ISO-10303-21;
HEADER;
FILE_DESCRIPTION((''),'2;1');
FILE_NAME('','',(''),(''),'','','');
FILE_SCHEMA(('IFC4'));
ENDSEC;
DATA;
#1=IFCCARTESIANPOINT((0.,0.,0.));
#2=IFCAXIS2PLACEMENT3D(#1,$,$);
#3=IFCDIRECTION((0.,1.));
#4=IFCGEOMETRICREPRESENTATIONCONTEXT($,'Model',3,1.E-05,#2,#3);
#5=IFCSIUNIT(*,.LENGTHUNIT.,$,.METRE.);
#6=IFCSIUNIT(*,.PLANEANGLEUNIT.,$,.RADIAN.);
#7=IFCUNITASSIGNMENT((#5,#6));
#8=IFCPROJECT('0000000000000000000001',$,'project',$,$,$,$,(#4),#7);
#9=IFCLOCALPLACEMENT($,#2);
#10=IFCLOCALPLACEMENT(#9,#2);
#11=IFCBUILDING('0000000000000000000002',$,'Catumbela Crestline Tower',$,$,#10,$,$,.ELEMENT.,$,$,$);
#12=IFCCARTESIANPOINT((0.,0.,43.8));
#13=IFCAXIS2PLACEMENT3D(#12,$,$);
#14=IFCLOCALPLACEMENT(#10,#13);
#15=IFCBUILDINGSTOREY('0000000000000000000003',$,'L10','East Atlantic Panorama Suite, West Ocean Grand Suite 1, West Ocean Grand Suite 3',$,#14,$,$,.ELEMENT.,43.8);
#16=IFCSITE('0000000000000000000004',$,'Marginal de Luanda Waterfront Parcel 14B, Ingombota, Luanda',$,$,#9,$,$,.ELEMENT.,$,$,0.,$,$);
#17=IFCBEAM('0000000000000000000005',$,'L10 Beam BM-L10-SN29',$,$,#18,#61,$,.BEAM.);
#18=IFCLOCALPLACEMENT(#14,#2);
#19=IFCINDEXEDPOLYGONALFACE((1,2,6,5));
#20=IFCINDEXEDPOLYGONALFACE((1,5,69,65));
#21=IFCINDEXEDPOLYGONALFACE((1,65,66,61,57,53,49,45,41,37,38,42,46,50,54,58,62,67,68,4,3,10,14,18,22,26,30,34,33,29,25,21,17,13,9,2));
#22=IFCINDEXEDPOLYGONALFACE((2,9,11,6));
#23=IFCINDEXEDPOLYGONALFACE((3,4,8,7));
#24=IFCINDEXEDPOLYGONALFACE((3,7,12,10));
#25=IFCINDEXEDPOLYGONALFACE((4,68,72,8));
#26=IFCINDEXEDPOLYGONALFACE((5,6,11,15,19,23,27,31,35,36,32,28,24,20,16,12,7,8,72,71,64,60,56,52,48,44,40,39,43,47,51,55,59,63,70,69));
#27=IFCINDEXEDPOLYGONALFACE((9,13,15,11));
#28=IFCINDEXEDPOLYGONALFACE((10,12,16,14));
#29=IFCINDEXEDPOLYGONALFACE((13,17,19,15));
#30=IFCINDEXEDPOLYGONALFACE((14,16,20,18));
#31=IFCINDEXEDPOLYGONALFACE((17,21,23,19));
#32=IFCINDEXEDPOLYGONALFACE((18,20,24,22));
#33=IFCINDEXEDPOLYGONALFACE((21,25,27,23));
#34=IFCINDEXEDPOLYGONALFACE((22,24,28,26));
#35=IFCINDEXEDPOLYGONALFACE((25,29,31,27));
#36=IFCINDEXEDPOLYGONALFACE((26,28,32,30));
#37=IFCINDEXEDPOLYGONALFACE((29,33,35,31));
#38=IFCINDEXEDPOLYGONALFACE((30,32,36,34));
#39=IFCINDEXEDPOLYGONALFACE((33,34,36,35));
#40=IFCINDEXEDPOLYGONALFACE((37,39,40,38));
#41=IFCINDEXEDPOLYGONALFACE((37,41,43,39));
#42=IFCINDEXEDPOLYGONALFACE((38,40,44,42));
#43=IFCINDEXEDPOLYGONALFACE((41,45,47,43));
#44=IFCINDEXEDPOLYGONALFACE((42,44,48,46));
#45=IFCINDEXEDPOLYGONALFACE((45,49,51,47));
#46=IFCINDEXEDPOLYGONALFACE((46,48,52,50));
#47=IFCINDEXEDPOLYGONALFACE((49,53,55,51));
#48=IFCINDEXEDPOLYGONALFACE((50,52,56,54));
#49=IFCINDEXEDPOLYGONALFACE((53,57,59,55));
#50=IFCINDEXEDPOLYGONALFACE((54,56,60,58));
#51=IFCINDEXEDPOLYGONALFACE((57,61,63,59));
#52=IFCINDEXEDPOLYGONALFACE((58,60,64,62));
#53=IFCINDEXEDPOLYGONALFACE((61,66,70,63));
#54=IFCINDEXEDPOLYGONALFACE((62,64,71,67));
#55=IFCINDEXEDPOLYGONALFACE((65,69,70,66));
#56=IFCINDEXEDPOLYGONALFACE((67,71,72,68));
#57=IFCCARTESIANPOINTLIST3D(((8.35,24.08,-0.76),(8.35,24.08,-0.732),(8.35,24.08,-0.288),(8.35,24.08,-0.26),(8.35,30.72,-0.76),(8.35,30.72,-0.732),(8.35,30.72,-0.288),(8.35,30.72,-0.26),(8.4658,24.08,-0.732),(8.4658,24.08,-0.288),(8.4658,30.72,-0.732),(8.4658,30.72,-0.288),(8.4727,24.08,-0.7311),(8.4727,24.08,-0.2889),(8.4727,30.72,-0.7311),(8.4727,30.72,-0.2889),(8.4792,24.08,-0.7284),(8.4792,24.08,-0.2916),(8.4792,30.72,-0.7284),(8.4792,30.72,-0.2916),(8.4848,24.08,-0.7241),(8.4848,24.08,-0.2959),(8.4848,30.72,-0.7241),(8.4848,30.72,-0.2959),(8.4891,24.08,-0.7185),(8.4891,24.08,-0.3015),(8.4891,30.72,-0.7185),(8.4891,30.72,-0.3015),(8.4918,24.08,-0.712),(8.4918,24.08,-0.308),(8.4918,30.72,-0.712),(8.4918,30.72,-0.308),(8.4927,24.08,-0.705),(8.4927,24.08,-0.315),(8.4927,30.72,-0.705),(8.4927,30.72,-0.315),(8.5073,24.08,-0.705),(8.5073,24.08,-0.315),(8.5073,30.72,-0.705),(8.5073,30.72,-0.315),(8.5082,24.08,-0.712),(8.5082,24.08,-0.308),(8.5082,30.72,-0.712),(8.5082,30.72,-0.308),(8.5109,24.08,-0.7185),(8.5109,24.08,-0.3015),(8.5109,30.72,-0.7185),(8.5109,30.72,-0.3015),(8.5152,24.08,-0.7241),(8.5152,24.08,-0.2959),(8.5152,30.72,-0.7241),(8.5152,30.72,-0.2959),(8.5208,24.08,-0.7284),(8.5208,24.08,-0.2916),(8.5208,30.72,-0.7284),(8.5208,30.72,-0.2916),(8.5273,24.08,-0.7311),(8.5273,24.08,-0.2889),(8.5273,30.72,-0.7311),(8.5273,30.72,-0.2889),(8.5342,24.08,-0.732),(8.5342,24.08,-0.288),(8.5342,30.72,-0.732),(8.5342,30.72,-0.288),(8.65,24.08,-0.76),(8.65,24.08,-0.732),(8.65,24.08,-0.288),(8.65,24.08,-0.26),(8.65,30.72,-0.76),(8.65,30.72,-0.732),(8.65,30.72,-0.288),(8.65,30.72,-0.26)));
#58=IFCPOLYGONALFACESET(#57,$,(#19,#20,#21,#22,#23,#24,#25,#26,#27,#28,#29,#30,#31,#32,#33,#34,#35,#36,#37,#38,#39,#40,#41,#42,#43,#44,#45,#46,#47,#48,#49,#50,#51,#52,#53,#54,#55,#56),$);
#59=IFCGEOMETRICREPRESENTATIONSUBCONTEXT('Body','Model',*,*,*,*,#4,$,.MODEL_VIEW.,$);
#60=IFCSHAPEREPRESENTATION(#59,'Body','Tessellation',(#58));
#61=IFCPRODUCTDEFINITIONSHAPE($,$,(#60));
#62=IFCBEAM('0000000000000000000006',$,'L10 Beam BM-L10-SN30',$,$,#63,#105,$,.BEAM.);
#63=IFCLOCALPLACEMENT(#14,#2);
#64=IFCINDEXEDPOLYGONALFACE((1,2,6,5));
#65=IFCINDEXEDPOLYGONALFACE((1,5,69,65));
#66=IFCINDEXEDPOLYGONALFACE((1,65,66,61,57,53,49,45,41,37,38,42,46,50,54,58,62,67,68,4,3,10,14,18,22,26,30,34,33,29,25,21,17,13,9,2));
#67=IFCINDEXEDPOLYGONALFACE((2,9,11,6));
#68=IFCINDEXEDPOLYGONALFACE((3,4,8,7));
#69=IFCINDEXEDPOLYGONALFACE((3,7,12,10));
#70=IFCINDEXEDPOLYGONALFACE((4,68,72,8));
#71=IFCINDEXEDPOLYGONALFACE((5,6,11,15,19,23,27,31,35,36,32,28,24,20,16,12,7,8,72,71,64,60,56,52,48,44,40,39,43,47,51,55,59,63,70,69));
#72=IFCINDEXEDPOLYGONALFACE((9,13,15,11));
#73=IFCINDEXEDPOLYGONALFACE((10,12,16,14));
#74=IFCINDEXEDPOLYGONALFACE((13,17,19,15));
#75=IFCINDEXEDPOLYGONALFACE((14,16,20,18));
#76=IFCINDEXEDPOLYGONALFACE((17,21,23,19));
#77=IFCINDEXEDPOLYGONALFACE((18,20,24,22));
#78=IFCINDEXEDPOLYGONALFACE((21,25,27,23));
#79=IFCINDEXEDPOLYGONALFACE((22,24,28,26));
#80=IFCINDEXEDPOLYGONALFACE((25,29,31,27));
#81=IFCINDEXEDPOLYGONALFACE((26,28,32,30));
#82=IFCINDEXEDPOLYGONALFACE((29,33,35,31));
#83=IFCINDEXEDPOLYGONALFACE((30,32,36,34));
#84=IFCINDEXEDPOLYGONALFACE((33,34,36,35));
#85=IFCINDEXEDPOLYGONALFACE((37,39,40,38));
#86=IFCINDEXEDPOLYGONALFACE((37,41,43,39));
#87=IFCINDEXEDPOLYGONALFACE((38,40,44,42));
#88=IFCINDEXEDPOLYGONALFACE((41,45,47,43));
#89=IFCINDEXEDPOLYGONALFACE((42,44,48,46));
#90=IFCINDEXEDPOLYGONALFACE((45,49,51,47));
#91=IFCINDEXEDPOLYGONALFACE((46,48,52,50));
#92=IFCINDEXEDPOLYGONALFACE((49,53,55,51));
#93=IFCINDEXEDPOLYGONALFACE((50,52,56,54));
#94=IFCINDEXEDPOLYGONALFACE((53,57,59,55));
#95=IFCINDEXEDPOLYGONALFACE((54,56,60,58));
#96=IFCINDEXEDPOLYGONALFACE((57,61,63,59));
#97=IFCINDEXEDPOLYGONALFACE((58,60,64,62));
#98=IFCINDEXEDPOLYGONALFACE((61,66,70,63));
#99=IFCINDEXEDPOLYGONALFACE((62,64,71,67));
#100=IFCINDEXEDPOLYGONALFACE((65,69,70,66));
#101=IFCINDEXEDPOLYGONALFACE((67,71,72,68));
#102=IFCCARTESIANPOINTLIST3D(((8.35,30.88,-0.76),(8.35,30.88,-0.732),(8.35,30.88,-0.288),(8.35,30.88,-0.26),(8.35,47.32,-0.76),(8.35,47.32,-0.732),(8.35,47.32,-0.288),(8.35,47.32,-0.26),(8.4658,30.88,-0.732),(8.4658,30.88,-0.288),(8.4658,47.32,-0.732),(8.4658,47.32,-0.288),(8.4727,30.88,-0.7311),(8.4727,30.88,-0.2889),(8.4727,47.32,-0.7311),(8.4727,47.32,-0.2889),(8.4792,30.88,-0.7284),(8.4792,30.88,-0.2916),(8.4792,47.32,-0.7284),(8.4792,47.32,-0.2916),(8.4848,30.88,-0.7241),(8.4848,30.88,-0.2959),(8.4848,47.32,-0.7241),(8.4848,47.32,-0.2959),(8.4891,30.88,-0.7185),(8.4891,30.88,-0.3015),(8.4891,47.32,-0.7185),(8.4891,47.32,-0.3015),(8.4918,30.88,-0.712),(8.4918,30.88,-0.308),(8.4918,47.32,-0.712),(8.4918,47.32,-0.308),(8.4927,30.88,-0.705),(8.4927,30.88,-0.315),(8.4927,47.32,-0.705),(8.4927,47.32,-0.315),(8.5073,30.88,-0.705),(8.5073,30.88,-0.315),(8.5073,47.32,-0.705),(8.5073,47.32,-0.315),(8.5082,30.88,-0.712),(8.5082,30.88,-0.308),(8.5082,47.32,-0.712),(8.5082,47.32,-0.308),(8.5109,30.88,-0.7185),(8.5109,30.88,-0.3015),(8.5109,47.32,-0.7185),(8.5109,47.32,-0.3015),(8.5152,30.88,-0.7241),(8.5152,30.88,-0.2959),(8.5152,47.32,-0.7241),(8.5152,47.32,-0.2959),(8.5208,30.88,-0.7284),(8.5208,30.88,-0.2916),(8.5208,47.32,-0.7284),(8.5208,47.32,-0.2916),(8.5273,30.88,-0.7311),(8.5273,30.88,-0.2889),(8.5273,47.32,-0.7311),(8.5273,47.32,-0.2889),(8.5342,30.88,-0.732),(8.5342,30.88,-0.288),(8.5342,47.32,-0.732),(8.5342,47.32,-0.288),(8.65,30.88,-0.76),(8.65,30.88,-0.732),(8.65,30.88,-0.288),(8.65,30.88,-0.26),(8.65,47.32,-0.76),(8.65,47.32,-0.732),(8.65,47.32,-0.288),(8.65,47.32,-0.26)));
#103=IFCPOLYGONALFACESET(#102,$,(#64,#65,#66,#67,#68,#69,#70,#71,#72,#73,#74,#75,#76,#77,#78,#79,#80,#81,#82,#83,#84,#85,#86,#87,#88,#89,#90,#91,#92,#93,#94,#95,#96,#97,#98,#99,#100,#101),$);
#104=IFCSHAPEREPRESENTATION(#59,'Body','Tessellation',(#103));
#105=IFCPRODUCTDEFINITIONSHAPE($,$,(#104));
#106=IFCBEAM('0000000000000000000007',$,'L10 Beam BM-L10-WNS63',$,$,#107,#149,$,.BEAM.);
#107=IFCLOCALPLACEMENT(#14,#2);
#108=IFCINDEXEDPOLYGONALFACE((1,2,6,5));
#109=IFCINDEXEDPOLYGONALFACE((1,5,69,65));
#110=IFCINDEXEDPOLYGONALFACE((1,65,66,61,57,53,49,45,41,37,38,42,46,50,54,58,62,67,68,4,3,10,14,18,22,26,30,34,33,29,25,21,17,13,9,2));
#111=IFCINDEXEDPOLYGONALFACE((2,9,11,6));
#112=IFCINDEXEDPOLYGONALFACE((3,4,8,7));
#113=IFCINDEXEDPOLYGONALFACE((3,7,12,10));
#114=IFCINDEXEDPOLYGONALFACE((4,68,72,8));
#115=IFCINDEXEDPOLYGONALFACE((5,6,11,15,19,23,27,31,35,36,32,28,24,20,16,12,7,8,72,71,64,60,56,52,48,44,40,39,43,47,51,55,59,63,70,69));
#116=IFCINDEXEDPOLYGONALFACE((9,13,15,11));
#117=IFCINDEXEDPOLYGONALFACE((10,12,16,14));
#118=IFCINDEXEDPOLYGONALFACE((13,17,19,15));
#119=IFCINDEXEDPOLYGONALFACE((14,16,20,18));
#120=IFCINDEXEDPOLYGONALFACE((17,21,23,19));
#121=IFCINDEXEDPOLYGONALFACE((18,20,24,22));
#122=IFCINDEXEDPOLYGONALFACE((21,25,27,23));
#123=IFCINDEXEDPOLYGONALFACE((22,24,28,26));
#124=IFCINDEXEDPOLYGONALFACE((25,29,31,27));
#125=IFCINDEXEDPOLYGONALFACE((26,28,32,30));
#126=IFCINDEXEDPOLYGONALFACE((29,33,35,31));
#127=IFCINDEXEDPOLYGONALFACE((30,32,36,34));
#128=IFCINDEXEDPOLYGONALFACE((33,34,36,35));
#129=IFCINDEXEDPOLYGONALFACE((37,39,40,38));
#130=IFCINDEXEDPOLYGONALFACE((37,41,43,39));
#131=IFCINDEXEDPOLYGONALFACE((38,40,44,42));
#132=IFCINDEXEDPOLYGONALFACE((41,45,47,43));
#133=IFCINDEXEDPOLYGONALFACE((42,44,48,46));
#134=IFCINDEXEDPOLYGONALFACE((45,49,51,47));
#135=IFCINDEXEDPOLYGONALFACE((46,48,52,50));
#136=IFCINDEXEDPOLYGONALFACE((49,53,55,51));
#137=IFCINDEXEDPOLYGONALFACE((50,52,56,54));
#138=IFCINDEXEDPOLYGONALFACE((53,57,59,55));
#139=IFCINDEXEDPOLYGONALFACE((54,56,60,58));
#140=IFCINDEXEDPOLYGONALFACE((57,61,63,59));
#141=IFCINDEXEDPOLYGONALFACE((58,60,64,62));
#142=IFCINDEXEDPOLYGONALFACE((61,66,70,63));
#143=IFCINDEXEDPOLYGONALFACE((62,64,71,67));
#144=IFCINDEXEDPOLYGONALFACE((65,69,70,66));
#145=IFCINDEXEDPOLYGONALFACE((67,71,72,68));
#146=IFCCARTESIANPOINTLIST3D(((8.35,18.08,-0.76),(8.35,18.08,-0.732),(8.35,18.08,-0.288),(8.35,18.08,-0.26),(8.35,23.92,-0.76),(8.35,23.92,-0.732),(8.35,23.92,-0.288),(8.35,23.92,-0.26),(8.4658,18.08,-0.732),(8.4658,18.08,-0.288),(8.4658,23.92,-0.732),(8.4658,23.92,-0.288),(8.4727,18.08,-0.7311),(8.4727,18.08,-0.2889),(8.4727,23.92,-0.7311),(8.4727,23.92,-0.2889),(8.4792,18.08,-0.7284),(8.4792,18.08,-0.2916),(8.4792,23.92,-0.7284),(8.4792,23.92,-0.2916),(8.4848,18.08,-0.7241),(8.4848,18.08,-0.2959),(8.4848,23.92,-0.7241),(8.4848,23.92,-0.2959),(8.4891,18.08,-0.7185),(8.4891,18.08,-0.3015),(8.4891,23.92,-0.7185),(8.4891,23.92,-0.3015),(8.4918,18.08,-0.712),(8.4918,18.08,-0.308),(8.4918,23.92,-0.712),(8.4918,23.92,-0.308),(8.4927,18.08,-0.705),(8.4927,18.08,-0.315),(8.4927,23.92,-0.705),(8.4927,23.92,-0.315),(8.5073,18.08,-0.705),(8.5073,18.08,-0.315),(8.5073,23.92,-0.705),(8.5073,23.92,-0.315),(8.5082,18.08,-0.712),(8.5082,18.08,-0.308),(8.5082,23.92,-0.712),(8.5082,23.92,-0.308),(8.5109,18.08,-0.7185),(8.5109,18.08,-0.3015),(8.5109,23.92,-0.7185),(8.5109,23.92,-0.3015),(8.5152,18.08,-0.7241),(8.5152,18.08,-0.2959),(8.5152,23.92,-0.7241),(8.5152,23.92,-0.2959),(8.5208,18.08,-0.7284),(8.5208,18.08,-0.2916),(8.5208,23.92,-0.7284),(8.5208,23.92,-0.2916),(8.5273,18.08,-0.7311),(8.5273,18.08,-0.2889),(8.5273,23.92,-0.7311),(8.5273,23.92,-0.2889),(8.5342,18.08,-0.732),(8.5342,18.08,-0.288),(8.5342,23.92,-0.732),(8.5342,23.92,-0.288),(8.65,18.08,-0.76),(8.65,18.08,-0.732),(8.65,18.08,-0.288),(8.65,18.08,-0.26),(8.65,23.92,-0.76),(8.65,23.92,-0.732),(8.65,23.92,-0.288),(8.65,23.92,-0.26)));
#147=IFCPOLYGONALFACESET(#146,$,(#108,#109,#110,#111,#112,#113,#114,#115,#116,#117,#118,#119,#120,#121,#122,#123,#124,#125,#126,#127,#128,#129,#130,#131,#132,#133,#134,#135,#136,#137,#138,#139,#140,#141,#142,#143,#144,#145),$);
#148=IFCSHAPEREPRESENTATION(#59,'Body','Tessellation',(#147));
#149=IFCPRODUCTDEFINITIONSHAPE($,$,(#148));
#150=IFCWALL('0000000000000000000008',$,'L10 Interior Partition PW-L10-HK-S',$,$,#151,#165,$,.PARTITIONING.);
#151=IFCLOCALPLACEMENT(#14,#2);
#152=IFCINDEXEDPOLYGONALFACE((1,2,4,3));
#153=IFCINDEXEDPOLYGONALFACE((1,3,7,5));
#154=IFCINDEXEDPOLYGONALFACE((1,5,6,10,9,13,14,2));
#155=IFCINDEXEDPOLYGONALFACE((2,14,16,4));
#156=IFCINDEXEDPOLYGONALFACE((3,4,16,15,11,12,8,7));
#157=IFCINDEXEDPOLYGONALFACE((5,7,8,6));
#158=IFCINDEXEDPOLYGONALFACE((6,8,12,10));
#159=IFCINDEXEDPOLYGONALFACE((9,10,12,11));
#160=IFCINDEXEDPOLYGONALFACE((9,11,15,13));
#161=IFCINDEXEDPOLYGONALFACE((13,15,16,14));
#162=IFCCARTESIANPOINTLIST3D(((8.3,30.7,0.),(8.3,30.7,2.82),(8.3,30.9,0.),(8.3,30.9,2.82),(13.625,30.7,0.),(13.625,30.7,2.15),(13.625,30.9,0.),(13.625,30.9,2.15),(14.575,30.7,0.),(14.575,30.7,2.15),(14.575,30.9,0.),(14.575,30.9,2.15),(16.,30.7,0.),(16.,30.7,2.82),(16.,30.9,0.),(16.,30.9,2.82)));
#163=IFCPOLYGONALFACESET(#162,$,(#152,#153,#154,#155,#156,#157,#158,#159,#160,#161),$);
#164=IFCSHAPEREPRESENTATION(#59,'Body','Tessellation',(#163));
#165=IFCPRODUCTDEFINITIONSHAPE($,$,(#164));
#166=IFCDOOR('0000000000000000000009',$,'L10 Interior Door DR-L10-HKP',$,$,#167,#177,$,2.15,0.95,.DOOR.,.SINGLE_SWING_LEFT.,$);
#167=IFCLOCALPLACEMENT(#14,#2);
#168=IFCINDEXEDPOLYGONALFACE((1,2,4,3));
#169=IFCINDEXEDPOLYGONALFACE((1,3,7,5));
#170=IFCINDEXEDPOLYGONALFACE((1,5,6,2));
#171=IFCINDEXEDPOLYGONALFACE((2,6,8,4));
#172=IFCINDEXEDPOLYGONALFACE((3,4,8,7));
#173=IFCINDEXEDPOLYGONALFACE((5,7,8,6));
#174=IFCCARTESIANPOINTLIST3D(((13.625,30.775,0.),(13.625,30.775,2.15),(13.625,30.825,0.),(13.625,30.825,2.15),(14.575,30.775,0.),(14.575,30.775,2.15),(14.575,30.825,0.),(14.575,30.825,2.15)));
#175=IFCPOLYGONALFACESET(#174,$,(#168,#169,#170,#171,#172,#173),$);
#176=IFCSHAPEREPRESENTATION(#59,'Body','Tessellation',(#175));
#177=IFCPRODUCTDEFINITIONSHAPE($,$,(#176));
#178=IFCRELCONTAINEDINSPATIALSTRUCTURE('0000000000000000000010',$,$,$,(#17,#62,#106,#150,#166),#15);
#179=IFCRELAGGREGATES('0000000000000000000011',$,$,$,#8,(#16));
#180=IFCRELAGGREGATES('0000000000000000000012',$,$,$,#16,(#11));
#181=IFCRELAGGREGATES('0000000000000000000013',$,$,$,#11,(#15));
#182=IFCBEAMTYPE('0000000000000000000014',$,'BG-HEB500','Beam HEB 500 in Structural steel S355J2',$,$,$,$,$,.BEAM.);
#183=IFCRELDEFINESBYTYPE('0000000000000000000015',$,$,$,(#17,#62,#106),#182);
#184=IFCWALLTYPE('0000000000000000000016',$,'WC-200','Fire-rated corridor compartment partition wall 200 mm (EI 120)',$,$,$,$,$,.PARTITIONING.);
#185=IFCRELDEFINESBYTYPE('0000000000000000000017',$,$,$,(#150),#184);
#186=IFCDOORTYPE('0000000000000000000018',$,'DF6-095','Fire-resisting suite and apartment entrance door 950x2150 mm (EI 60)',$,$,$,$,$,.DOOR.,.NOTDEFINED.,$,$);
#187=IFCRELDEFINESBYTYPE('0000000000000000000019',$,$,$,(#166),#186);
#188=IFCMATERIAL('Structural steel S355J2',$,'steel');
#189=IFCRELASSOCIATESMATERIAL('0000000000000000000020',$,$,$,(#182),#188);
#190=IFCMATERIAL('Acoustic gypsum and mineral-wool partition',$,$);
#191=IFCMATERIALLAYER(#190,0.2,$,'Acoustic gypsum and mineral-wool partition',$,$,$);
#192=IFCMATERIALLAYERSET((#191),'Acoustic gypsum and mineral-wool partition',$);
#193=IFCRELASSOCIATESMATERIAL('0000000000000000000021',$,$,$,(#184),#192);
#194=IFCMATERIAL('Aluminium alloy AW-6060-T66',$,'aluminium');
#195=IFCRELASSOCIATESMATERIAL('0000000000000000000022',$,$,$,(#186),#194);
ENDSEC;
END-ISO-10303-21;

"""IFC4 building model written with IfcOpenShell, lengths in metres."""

from ifc_helpers import new_model, si_unit, direction, frame, frame_2d, origin, origin_2d, place, context, subcontext, project, spatial, rectangle, i_section, extrude, material, layer, layer_set, material_profile, profile_set, type_object, element, fill, save


model = new_model("IFC4")

# Units and contexts
model_context = context("Model", 3, precision=1e-05, world=origin(), true_north=direction((0.0, 1.0)))
body_context = subcontext(model_context, "Body", "Model", "MODEL_VIEW")
ifc_project = project(units=[si_unit("LENGTHUNIT", "METRE"), si_unit("PLANEANGLEUNIT", "RADIAN")], contexts=[model_context])

# Site, building, storey
site_placement = place(None, origin())
site = spatial("IfcSite", under=ifc_project, at=site_placement, Name="Marginal de Luanda Waterfront Parcel 14B, Ingombota, Luanda", CompositionType="ELEMENT", RefElevation=0.0)
building_placement = place(site_placement, origin())
building = spatial("IfcBuilding", under=site, at=building_placement, Name="Catumbela Crestline Tower", CompositionType="ELEMENT")
storey_placement = place(building_placement, frame((0.0, 0.0, 43.8)))
storey = spatial("IfcBuildingStorey", under=building, at=storey_placement, Name="L10", Description="East Atlantic Panorama Suite, West Ocean Grand Suite 1, West Ocean Grand Suite 3", CompositionType="ELEMENT", Elevation=43.8)

# Beams
ifc_material_1 = material(Name="Structural steel S355J2", Category="steel")
ifc_material_profile_1 = material_profile(ifc_material_1, i_section(OverallWidth=0.3, OverallDepth=0.5, WebThickness=0.0145, FlangeThickness=0.028, FilletRadius=0.027, at=origin_2d()), Name="HEB 500")
ifc_profile_set_1 = profile_set([ifc_material_profile_1], Name="Structural steel S355J2")
beam_type = type_object("IfcBeamType", Name="BG-HEB500", Description="Beam HEB 500 in Structural steel S355J2", PredefinedType="BEAM", material=ifc_profile_set_1)
beam_1_placement = place(storey_placement, frame((8.5, 24.08, -0.51), z_axis=(0.0, 1.0, 0.0), x_axis=(-1.0, 0.0, 0.0)))
element("IfcBeam", 1, at=beam_1_placement, inside=storey, type_object=beam_type, Name="L10 Beam BM-L10-SN29", PredefinedType="BEAM", context=body_context, shape_type="SweptSolid", body=[
    extrude(i_section(OverallWidth=0.3, OverallDepth=0.5, WebThickness=0.0145, FlangeThickness=0.028, FilletRadius=0.027, at=origin_2d()), origin(), (0.0, 0.0, 1.0), 6.64),
])
beam_2_placement = place(storey_placement, frame((8.5, 30.88, -0.51), z_axis=(0.0, 1.0, 0.0), x_axis=(-1.0, 0.0, 0.0)))
element("IfcBeam", 2, at=beam_2_placement, inside=storey, type_object=beam_type, Name="L10 Beam BM-L10-SN30", PredefinedType="BEAM", context=body_context, shape_type="SweptSolid", body=[
    extrude(i_section(OverallWidth=0.3, OverallDepth=0.5, WebThickness=0.0145, FlangeThickness=0.028, FilletRadius=0.027, at=origin_2d()), origin(), (0.0, 0.0, 1.0), 16.44),
])
beam_3_placement = place(storey_placement, frame((8.5, 18.08, -0.51), z_axis=(0.0, 1.0, 0.0), x_axis=(-1.0, 0.0, 0.0)))
element("IfcBeam", 3, at=beam_3_placement, inside=storey, type_object=beam_type, Name="L10 Beam BM-L10-WNS63", PredefinedType="BEAM", context=body_context, shape_type="SweptSolid", body=[
    extrude(i_section(OverallWidth=0.3, OverallDepth=0.5, WebThickness=0.0145, FlangeThickness=0.028, FilletRadius=0.027, at=origin_2d()), origin(), (0.0, 0.0, 1.0), 5.84),
])

# Wall, opening, door
ifc_material_2 = material(Name="Acoustic gypsum and mineral-wool partition")
ifc_layer = layer(ifc_material_2, 0.2, Name="Acoustic gypsum and mineral-wool partition")
ifc_layer_set = layer_set([ifc_layer], Name="Acoustic gypsum and mineral-wool partition")
wall_type = type_object("IfcWallType", Name="WC-200", Description="Fire-rated corridor compartment partition wall 200 mm (EI 120)", PredefinedType="PARTITIONING", material=ifc_layer_set)
wall_1_placement = place(storey_placement, frame((8.3, 30.8, 0.0), z_axis=(0.0, 0.0, 1.0), x_axis=(1.0, 0.0, 0.0)))
wall_1 = element("IfcWall", 4, at=wall_1_placement, inside=storey, type_object=wall_type, Name="L10 Interior Partition PW-L10-HK-S", PredefinedType="PARTITIONING", context=body_context, shape_type="SweptSolid", body=[
    extrude(rectangle(XDim=7.7, YDim=0.2, at=frame_2d((3.85, 0.0))), origin(), (0.0, 0.0, 1.0), 2.82),
])
opening_1_placement = place(wall_1_placement, frame((5.325, 0.0, 0.0)))
opening_1 = element("IfcOpeningElement", 5, at=opening_1_placement, cuts=wall_1, PredefinedType="OPENING", context=body_context, shape_type="SweptSolid", body=[
    extrude(rectangle(XDim=0.95, YDim=2.15, at=frame_2d((0.475, 1.075))), frame((0.0, 0.11, 0.0), z_axis=(0.0, -1.0, 0.0), x_axis=(1.0, 0.0, 0.0)), (0.0, 0.0, 1.0), 0.22),
])
ifc_material_3 = material(Name="Aluminium alloy AW-6060-T66", Category="aluminium")
door_type_1 = type_object("IfcDoorType", Name="DF6-095", Description="Fire-resisting suite and apartment entrance door 950x2150 mm (EI 60)", OperationType="NOTDEFINED", PredefinedType="DOOR", material=ifc_material_3)
door_1_placement = place(opening_1_placement, origin())
door_1 = element("IfcDoor", 6, at=door_1_placement, inside=storey, type_object=door_type_1, Name="L10 Interior Door DR-L10-HKP", OperationType="SINGLE_SWING_LEFT", OverallHeight=2.15, OverallWidth=0.95, PredefinedType="DOOR", context=body_context, shape_type="SweptSolid", body=[
    extrude(rectangle(XDim=0.95, YDim=2.15, at=frame_2d((0.475, 1.075))), frame((0.0, 0.025, 0.0), z_axis=(0.0, -1.0, 0.0), x_axis=(1.0, 0.0, 0.0)), (0.0, 0.0, 1.0), 0.05),
])
fill(opening_1, door_1)

save(model, "model.ifc")
